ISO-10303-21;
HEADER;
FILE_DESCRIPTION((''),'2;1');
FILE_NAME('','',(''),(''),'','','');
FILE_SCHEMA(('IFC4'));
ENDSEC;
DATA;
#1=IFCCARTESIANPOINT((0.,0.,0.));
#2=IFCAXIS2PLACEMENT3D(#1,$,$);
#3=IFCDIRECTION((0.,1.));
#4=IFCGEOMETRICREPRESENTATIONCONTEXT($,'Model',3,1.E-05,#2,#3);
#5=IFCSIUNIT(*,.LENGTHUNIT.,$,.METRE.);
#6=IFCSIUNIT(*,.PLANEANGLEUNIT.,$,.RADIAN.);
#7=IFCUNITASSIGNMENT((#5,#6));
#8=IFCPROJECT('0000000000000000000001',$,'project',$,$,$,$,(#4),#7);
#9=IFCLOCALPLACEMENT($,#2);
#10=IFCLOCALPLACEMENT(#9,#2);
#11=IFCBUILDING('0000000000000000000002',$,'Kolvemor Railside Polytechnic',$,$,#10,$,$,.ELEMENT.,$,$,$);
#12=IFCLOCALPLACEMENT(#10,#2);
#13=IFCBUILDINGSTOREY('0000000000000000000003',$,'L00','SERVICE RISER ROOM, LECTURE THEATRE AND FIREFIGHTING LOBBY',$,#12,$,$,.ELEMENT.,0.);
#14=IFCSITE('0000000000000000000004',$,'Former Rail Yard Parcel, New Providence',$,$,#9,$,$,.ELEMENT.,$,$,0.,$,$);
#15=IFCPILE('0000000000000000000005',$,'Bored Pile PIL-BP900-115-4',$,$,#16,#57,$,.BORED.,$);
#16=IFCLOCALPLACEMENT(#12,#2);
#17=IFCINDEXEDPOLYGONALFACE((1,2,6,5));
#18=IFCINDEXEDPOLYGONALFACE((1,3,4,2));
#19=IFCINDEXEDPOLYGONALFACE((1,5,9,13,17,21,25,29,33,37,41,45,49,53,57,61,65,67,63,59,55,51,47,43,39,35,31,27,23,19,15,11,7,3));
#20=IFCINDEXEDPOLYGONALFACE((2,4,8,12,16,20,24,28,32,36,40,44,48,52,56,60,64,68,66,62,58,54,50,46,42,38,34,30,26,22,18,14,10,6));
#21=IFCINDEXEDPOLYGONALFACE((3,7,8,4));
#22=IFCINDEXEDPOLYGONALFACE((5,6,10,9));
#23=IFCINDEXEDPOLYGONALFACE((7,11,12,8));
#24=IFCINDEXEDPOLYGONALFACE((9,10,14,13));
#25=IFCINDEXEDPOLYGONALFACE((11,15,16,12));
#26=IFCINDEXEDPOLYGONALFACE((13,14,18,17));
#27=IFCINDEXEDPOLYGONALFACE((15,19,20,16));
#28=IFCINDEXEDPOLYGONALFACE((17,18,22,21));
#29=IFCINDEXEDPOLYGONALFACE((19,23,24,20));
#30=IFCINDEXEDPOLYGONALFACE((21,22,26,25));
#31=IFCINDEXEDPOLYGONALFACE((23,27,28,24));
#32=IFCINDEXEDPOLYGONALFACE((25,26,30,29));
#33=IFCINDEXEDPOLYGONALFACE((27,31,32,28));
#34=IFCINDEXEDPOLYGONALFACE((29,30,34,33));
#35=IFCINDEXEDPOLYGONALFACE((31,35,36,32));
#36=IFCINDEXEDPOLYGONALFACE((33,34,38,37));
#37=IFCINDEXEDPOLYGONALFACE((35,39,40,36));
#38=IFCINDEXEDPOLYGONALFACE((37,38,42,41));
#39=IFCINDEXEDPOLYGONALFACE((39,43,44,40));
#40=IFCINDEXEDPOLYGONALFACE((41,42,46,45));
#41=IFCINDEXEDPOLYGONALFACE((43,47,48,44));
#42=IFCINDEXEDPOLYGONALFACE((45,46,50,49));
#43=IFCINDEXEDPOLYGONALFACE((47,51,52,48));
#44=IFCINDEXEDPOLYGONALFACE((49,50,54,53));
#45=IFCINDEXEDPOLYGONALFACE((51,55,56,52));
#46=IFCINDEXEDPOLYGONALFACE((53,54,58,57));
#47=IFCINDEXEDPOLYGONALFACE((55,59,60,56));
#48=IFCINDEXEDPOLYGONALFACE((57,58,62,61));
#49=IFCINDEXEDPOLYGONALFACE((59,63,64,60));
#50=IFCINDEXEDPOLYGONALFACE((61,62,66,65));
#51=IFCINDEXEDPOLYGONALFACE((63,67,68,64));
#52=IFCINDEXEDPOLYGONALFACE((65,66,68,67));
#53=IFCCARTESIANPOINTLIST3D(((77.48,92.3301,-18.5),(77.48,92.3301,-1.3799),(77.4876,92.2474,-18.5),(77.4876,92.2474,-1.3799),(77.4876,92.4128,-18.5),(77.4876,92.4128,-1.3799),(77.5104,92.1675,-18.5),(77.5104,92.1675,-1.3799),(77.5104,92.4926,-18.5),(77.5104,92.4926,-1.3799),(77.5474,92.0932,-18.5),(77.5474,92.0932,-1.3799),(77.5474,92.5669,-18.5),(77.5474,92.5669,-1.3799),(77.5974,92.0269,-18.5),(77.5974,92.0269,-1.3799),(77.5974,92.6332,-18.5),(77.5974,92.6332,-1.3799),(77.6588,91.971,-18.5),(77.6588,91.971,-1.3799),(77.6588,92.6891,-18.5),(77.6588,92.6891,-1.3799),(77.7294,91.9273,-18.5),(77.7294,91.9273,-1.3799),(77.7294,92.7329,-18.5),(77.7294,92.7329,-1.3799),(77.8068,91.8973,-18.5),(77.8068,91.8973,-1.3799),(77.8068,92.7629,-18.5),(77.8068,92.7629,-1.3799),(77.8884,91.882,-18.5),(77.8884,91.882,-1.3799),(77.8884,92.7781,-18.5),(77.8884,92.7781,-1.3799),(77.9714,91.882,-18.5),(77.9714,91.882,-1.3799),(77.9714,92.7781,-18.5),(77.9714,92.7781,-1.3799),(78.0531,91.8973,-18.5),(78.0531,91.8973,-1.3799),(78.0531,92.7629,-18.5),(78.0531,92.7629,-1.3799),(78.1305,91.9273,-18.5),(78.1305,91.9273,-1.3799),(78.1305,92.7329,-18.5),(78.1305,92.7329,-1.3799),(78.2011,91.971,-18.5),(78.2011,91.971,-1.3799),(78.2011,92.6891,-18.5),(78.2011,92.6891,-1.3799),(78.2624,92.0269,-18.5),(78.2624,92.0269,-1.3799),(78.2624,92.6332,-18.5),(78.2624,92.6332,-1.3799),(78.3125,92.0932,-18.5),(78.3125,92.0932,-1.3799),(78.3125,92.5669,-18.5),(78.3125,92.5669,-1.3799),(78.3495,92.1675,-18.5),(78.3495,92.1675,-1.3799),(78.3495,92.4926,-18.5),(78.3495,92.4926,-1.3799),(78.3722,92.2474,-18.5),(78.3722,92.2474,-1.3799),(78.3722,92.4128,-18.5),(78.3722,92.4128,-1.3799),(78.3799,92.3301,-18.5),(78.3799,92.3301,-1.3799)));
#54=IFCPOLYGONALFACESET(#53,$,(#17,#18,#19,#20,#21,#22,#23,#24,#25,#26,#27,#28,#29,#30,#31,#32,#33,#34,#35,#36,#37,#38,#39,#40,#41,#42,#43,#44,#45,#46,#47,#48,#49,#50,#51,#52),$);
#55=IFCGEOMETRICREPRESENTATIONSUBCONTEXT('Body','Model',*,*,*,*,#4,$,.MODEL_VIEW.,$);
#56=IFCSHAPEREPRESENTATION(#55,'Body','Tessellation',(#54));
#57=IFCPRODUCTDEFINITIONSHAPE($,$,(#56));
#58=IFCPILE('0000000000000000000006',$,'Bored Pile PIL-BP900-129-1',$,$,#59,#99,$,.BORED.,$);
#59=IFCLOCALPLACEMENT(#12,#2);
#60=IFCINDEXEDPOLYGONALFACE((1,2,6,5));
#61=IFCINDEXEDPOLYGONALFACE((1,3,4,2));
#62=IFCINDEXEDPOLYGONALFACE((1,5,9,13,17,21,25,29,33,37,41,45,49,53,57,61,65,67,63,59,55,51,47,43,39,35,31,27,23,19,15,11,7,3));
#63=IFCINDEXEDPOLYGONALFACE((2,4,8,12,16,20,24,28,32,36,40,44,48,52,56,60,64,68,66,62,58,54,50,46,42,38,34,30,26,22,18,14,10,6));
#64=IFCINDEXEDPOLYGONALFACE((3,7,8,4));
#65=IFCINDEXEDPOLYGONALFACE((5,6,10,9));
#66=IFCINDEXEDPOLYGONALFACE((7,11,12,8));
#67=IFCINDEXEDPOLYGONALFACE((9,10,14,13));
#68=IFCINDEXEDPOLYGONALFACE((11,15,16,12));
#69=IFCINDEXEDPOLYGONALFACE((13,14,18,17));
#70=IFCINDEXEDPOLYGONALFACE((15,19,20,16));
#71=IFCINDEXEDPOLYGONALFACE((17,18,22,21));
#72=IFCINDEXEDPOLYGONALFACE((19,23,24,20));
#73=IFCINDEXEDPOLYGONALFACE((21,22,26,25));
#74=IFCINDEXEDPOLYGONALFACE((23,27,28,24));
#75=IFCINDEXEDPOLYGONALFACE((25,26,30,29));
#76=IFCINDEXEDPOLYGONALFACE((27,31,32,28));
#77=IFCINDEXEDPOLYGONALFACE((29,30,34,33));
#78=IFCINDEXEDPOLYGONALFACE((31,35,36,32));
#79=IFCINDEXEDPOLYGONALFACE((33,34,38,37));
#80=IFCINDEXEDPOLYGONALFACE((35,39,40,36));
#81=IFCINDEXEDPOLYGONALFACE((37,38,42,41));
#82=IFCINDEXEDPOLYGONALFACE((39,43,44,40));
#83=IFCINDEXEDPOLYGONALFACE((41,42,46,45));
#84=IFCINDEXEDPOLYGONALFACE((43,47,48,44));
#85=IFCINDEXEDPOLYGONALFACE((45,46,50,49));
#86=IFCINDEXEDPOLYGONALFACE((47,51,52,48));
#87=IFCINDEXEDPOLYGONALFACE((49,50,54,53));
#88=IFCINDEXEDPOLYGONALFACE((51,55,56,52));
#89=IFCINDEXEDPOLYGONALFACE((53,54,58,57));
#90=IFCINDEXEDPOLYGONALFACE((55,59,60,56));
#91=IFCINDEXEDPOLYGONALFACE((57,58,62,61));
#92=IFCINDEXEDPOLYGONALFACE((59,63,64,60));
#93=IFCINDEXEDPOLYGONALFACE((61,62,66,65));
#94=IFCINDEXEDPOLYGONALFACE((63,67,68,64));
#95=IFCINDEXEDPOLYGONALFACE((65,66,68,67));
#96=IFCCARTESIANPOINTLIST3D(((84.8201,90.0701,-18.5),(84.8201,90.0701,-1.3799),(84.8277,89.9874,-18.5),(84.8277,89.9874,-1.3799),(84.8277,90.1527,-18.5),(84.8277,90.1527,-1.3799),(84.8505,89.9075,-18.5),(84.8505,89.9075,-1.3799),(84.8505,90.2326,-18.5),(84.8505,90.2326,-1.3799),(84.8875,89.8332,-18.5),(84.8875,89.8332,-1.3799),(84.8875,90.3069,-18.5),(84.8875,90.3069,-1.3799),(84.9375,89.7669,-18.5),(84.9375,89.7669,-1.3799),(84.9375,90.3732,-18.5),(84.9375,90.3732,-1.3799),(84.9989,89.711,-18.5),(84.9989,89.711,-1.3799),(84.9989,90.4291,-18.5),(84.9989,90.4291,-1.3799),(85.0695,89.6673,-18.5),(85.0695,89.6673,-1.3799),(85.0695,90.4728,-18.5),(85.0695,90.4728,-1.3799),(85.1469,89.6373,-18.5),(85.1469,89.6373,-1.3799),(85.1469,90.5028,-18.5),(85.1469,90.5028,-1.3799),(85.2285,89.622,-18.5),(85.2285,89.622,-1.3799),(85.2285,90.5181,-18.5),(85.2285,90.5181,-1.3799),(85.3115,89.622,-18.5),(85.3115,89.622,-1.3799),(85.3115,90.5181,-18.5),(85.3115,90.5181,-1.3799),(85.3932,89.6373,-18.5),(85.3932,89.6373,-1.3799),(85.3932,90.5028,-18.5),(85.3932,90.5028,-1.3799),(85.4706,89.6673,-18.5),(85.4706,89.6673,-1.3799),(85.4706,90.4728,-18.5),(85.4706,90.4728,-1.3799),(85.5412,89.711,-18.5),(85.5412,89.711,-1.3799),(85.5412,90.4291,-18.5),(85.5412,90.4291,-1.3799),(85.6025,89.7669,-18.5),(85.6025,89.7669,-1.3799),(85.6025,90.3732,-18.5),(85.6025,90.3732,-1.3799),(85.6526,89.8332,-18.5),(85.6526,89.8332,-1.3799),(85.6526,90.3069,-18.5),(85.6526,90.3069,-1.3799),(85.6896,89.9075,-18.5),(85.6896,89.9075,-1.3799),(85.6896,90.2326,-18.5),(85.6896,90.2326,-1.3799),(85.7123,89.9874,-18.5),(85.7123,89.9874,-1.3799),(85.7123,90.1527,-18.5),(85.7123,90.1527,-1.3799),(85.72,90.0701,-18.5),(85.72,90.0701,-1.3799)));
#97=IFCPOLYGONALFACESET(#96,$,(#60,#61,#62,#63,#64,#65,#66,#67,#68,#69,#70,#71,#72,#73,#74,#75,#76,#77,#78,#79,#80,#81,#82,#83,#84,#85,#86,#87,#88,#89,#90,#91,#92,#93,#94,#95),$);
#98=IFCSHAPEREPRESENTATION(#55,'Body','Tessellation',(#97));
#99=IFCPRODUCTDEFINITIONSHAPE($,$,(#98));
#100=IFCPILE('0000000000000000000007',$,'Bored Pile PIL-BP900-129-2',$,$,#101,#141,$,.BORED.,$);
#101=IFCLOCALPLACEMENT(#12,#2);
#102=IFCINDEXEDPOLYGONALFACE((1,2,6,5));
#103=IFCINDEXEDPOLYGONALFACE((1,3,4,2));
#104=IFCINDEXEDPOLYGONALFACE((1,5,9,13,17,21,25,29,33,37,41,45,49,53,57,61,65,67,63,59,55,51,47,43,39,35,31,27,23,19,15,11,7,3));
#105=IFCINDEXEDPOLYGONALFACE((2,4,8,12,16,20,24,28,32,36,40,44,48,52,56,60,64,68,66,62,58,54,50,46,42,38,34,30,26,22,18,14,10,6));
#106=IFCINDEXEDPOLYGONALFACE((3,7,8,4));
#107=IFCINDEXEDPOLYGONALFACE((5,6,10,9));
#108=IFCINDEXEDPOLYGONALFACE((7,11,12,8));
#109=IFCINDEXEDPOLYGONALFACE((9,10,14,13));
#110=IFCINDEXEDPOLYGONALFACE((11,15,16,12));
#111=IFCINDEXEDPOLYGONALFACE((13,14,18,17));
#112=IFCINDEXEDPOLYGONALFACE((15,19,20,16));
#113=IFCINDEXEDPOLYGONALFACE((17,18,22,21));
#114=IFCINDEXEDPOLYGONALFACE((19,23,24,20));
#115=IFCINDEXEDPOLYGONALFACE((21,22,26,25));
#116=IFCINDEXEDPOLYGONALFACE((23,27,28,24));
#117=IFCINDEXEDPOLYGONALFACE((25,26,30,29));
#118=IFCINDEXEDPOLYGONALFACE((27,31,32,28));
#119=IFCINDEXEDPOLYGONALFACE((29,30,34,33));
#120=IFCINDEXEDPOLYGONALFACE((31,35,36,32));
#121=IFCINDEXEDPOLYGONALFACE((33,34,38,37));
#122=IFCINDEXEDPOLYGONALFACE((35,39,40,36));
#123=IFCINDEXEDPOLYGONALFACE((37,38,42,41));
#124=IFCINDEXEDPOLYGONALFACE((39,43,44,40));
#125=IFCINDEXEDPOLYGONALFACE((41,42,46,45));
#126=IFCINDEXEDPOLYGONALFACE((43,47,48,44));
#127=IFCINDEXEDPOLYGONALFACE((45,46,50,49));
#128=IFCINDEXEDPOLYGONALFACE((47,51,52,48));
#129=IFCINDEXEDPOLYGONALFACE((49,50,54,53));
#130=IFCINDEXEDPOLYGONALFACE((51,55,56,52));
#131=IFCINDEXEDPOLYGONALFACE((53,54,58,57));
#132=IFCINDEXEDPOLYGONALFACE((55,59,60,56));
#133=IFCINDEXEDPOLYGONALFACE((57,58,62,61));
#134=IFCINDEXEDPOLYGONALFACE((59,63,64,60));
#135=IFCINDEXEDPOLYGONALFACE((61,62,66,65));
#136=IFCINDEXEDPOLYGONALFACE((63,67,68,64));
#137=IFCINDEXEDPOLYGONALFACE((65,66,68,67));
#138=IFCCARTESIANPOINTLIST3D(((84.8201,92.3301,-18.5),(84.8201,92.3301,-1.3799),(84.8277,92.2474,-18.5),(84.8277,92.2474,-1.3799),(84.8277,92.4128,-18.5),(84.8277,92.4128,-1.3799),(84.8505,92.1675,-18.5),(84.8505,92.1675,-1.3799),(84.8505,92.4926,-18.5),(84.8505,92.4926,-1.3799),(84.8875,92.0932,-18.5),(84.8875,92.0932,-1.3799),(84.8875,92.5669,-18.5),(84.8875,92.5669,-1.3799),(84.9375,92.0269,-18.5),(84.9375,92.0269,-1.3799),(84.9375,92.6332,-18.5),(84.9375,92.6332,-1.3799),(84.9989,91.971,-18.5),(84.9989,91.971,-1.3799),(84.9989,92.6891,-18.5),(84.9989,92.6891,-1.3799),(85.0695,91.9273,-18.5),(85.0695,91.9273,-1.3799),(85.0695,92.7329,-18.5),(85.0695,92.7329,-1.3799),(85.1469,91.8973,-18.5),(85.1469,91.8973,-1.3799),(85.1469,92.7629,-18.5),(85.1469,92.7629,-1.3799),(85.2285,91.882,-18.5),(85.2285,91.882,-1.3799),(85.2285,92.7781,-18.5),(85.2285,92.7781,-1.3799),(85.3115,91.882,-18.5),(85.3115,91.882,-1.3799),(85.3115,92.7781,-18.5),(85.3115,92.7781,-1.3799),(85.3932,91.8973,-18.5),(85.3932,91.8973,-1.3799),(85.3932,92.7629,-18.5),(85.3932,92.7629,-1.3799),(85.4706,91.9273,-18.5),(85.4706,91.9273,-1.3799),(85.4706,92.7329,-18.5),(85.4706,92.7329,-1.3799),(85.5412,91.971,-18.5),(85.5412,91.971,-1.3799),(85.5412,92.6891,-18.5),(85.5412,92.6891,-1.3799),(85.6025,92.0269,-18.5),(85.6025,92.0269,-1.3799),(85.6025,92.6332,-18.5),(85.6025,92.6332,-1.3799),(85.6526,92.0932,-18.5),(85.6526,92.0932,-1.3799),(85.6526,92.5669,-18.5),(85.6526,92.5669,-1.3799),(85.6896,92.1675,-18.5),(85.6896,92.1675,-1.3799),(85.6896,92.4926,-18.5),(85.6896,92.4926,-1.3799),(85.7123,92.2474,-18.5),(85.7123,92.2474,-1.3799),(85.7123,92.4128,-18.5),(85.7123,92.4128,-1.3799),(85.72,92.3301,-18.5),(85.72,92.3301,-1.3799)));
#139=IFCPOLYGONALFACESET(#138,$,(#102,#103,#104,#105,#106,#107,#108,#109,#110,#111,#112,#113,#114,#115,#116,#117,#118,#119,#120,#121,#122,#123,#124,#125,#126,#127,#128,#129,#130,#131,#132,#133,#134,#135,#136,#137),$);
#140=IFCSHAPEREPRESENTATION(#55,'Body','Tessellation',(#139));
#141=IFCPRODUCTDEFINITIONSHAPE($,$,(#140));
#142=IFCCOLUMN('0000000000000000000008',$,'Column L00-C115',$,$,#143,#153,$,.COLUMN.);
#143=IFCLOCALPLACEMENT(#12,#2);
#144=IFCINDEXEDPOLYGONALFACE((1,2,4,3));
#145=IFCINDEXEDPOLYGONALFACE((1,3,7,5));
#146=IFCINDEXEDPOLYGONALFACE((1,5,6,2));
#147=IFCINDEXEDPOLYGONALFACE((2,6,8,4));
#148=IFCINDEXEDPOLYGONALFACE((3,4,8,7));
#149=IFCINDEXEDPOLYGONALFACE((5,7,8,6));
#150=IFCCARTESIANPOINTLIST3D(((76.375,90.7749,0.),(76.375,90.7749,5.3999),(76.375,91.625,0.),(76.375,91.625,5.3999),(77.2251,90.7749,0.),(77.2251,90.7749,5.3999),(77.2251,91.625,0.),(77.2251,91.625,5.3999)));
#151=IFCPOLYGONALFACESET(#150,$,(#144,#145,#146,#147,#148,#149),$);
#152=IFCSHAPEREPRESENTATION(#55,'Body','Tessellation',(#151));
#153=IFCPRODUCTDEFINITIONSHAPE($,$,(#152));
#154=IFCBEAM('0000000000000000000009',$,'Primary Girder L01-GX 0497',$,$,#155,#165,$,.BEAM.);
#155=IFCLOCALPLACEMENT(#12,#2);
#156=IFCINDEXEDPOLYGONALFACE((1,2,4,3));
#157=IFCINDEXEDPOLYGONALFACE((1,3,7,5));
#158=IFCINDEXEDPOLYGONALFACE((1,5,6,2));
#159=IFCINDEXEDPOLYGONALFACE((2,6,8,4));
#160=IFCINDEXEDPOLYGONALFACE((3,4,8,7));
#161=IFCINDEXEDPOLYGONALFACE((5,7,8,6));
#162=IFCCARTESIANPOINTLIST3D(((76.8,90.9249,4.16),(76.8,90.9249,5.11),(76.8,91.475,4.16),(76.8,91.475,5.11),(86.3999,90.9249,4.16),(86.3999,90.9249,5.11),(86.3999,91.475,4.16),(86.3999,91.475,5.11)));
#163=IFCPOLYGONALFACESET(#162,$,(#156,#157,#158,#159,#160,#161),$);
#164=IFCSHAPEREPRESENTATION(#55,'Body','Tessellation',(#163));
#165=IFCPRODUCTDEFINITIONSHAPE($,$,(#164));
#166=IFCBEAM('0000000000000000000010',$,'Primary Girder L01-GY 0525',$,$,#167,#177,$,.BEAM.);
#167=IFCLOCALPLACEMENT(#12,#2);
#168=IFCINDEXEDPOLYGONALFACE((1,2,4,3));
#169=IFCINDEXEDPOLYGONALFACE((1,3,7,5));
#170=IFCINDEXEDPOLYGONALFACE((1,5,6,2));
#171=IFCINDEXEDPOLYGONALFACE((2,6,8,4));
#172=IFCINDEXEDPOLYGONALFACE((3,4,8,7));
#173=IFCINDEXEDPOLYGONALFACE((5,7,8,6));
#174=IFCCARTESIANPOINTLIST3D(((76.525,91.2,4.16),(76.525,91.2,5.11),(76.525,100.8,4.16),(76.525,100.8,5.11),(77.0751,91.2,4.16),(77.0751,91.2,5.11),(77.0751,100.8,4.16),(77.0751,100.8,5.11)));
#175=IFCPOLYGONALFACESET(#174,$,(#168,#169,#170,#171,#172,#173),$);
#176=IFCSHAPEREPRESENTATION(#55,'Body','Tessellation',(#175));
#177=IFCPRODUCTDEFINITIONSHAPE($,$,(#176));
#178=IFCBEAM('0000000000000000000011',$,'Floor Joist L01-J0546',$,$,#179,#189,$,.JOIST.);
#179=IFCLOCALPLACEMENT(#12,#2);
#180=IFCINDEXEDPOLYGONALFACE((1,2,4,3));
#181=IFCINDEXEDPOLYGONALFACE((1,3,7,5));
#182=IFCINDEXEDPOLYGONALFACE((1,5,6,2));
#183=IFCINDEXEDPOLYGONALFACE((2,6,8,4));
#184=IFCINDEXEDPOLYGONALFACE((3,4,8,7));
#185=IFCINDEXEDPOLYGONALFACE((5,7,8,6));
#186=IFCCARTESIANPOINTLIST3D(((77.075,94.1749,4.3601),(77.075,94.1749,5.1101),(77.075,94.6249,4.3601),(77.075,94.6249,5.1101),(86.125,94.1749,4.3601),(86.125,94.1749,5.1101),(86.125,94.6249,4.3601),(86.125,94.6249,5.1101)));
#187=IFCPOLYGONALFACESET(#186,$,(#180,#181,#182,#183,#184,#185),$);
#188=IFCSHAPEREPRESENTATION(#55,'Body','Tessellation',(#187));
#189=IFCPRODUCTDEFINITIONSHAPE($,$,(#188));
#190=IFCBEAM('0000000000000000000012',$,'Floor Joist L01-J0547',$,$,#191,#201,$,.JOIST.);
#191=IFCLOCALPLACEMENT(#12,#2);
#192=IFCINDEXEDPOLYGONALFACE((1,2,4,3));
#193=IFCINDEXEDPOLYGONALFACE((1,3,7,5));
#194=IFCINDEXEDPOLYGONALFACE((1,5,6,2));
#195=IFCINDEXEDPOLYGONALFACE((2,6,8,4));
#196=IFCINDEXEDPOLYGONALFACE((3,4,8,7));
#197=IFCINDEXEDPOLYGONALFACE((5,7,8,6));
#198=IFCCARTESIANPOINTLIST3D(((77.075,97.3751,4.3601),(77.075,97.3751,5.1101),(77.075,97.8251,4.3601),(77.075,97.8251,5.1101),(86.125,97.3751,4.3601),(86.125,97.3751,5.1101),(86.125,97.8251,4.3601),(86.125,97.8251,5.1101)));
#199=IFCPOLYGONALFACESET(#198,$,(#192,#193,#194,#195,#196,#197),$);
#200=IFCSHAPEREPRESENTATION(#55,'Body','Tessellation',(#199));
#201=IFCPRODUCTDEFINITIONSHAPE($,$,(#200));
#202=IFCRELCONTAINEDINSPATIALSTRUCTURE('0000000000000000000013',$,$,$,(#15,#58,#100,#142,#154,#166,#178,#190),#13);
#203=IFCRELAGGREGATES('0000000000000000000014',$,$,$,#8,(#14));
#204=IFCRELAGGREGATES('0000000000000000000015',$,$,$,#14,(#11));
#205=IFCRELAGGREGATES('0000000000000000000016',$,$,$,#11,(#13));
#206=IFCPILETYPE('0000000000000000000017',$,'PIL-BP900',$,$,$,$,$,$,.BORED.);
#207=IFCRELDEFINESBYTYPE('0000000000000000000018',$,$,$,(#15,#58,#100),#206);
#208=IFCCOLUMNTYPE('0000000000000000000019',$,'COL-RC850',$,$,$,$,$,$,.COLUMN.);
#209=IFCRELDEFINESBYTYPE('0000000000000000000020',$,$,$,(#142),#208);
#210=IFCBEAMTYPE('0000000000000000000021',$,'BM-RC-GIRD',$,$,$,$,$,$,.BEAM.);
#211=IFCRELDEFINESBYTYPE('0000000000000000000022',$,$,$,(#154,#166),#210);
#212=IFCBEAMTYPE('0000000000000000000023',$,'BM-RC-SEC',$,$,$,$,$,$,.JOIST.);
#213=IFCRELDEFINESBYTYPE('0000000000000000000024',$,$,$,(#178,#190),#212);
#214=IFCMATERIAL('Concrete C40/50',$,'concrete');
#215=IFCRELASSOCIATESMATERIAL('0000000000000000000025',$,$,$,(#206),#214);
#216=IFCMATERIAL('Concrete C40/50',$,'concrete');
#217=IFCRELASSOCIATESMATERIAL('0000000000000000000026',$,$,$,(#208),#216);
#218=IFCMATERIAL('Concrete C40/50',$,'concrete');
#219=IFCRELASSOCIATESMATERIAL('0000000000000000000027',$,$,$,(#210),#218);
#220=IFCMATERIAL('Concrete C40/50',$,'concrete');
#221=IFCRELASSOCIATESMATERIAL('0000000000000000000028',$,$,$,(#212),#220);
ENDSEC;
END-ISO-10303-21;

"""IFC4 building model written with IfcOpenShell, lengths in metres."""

from ifc_helpers import new_model, si_unit, direction, frame, origin, origin_2d, place, context, subcontext, project, spatial, rectangle, circle, extrude, material, material_profile, profile_set, type_object, element, save


model = new_model("IFC4")

# Units and contexts
model_context = context("Model", 3, precision=1e-05, world=origin(), true_north=direction((0.0, 1.0)))
body_context = subcontext(model_context, "Body", "Model", "MODEL_VIEW")
ifc_project = project(units=[si_unit("LENGTHUNIT", "METRE"), si_unit("PLANEANGLEUNIT", "RADIAN")], contexts=[model_context])

# Site, building, storey
site_placement = place(None, origin())
site = spatial("IfcSite", under=ifc_project, at=site_placement, Name="Former Rail Yard Parcel, New Providence", CompositionType="ELEMENT", RefElevation=0.0)
building_placement = place(site_placement, origin())
building = spatial("IfcBuilding", under=site, at=building_placement, Name="Kolvemor Railside Polytechnic", CompositionType="ELEMENT")
storey_placement = place(building_placement, origin())
storey = spatial("IfcBuildingStorey", under=building, at=storey_placement, Name="L00", Description="SERVICE RISER ROOM, LECTURE THEATRE AND FIREFIGHTING LOBBY", CompositionType="ELEMENT", Elevation=0.0)

# Piles
ifc_material_1 = material(Name="Concrete C40/50", Category="concrete")
ifc_material_profile_1 = material_profile(ifc_material_1, circle(Radius=0.45, at=origin_2d()), Name="BP900")
ifc_profile_set_1 = profile_set([ifc_material_profile_1], Name="Concrete C40/50")
pile_type = type_object("IfcPileType", Name="PIL-BP900", PredefinedType="BORED", material=ifc_profile_set_1)
for number, where, z_axis, x_axis, name in (
    (1, (77.9299, 92.3301, -1.3799), (0.0, 0.0, -1.0), (1.0, 0.0, 0.0), "Bored Pile PIL-BP900-115-4"),
    (2, (85.27, 90.0701, -1.3799), (0.0, 0.0, -1.0), (1.0, 0.0, 0.0), "Bored Pile PIL-BP900-129-1"),
    (3, (85.27, 92.3301, -1.3799), (0.0, 0.0, -1.0), (1.0, 0.0, 0.0), "Bored Pile PIL-BP900-129-2"),
):
    element("IfcPile", number, at=place(storey_placement, frame(where, z_axis=z_axis, x_axis=x_axis)), inside=storey, type_object=pile_type, Name=name, PredefinedType="BORED", context=body_context, shape_type="SweptSolid", body=[
        extrude(circle(Radius=0.45, at=origin_2d()), origin(), (0.0, 0.0, 1.0), 17.1201),
    ])

# Column
ifc_material_2 = material(Name="Concrete C40/50", Category="concrete")
ifc_material_profile_2 = material_profile(ifc_material_2, rectangle(XDim=0.8501, YDim=0.8501, at=origin_2d()), Name="RC850x850")
ifc_profile_set_2 = profile_set([ifc_material_profile_2], Name="Concrete C40/50")
column_type = type_object("IfcColumnType", Name="COL-RC850", PredefinedType="COLUMN", material=ifc_profile_set_2)
column_placement = place(storey_placement, frame((76.8, 91.2, 0.0), z_axis=(0.0, 0.0, 1.0), x_axis=(1.0, 0.0, 0.0)))
element("IfcColumn", 4, at=column_placement, inside=storey, type_object=column_type, Name="Column L00-C115", PredefinedType="COLUMN", context=body_context, shape_type="SweptSolid", body=[
    extrude(rectangle(XDim=0.8501, YDim=0.8501, at=origin_2d()), origin(), (0.0, 0.0, 1.0), 5.3999),
])

# Beams
ifc_material_3 = material(Name="Concrete C40/50", Category="concrete")
ifc_material_profile_3 = material_profile(ifc_material_3, rectangle(XDim=0.55, YDim=0.95, at=origin_2d()), Name="RC550x950")
ifc_profile_set_3 = profile_set([ifc_material_profile_3], Name="Concrete C40/50")
beam_type_1 = type_object("IfcBeamType", Name="BM-RC-GIRD", PredefinedType="BEAM", material=ifc_profile_set_3)
beam_1_placement = place(storey_placement, frame((76.8, 91.2, 4.635), z_axis=(1.0, 0.0, 0.0), x_axis=(0.0, 1.0, 0.0)))
element("IfcBeam", 5, at=beam_1_placement, inside=storey, type_object=beam_type_1, Name="Primary Girder L01-GX 0497", PredefinedType="BEAM", context=body_context, shape_type="SweptSolid", body=[
    extrude(rectangle(XDim=0.55, YDim=0.95, at=origin_2d()), origin(), (0.0, 0.0, 1.0), 9.5999),
])
beam_2_placement = place(storey_placement, frame((76.8, 91.2, 4.635), z_axis=(0.0, 1.0, 0.0), x_axis=(-1.0, 0.0, 0.0)))
element("IfcBeam", 6, at=beam_2_placement, inside=storey, type_object=beam_type_1, Name="Primary Girder L01-GY 0525", PredefinedType="BEAM", context=body_context, shape_type="SweptSolid", body=[
    extrude(rectangle(XDim=0.55, YDim=0.95, at=origin_2d()), origin(), (0.0, 0.0, 1.0), 9.6001),
])
ifc_material_4 = material(Name="Concrete C40/50", Category="concrete")
ifc_material_profile_4 = material_profile(ifc_material_4, rectangle(XDim=0.45, YDim=0.75, at=origin_2d()), Name="RC450x750")
ifc_profile_set_4 = profile_set([ifc_material_profile_4], Name="Concrete C40/50")
beam_type_2 = type_object("IfcBeamType", Name="BM-RC-SEC", PredefinedType="JOIST", material=ifc_profile_set_4)
for number, where, z_axis, x_axis, name in (
    (7, (77.075, 94.3999, 4.7351), (1.0, 0.0, 0.0), (0.0, 1.0, 0.0), "Floor Joist L01-J0546"),
    (8, (77.075, 97.6001, 4.7351), (1.0, 0.0, 0.0), (0.0, 1.0, 0.0), "Floor Joist L01-J0547"),
):
    element("IfcBeam", number, at=place(storey_placement, frame(where, z_axis=z_axis, x_axis=x_axis)), inside=storey, type_object=beam_type_2, Name=name, PredefinedType="JOIST", context=body_context, shape_type="SweptSolid", body=[
        extrude(rectangle(XDim=0.45, YDim=0.75, at=origin_2d()), origin(), (0.0, 0.0, 1.0), 9.05),
    ])

save(model, "model.ifc")
